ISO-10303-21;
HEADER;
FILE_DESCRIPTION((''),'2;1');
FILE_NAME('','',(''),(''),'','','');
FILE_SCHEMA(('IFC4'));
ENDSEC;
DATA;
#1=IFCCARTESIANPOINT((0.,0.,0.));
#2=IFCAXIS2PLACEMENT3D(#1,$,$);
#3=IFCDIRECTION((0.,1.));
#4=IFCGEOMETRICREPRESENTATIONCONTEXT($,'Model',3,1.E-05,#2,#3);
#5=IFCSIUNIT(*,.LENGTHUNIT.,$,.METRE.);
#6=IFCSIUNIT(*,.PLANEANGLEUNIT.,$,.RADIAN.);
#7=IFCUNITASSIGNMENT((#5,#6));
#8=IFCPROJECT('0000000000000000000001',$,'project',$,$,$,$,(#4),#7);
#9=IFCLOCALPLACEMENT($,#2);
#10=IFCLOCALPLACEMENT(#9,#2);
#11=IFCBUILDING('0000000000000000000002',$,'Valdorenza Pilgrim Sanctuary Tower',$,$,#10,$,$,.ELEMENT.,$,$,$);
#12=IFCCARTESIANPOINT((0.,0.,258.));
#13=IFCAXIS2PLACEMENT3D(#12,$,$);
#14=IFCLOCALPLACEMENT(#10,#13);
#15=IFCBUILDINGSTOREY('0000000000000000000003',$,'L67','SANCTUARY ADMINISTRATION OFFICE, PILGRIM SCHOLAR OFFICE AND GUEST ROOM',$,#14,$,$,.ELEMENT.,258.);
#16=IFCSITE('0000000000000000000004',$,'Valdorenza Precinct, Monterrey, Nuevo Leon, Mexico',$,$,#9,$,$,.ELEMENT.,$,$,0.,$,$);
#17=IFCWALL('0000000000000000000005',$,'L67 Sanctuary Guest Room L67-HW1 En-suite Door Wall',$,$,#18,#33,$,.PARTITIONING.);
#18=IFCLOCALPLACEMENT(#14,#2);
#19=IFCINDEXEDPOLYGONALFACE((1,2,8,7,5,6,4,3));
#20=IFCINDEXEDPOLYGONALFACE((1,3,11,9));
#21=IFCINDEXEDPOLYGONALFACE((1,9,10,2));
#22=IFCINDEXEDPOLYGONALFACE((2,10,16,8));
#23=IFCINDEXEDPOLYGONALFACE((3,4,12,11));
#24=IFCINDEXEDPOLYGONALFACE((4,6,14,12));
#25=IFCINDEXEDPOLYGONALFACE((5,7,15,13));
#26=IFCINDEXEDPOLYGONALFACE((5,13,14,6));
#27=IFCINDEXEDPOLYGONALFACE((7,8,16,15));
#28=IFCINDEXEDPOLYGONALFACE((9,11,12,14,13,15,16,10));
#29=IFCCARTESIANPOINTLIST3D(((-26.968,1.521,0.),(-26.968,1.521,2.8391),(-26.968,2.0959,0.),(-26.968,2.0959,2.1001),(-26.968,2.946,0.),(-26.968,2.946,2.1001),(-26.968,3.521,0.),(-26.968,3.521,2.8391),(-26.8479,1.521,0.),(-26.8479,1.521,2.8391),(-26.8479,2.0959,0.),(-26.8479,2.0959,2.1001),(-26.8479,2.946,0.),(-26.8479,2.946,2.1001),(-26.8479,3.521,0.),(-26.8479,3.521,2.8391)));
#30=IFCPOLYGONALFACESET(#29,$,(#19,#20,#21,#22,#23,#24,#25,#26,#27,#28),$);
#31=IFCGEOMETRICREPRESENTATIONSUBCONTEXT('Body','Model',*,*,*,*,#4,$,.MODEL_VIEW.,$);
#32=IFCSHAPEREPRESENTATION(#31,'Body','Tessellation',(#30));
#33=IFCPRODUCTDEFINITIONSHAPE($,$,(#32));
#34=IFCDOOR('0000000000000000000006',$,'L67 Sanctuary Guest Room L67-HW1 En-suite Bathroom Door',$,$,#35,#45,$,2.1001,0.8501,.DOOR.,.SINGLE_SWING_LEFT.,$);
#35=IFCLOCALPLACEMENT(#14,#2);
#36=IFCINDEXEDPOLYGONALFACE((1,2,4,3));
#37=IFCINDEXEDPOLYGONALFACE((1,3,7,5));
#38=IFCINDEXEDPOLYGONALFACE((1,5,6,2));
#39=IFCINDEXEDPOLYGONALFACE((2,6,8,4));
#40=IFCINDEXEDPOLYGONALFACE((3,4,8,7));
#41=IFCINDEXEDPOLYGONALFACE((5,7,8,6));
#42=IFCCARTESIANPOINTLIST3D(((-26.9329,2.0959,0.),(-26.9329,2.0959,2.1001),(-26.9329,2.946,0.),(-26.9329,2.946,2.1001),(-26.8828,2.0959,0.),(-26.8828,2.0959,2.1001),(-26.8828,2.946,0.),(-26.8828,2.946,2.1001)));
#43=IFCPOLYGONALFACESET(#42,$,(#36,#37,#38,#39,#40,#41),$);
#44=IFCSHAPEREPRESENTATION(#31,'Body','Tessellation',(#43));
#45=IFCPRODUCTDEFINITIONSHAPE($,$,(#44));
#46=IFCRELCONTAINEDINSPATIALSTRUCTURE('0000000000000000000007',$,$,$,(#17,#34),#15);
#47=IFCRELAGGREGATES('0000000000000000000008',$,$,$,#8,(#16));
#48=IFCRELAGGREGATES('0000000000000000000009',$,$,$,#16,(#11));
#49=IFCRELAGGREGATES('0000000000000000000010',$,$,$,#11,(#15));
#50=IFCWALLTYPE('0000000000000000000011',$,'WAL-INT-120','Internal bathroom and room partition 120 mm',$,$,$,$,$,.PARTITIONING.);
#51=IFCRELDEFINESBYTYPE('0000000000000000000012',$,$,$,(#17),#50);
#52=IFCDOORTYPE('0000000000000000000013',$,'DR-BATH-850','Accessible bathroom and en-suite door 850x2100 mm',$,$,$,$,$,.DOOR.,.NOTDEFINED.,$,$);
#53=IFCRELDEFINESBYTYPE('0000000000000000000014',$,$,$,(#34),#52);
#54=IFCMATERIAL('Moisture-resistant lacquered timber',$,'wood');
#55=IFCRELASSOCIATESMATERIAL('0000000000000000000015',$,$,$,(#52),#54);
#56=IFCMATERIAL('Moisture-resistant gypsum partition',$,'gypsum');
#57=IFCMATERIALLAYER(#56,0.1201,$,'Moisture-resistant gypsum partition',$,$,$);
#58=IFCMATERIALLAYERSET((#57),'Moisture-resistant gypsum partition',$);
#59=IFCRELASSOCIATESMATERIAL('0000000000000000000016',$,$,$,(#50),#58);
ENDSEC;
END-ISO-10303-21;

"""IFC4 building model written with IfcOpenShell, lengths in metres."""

from ifc_helpers import new_model, si_unit, direction, frame, frame_2d, origin, place, context, subcontext, project, spatial, rectangle, extrude, material, layer, layer_set, type_object, element, fill, save


model = new_model("IFC4")

# Units and contexts
model_context = context("Model", 3, precision=1e-05, world=origin(), true_north=direction((0.0, 1.0)))
body_context = subcontext(model_context, "Body", "Model", "MODEL_VIEW")
ifc_project = project(units=[si_unit("LENGTHUNIT", "METRE"), si_unit("PLANEANGLEUNIT", "RADIAN")], contexts=[model_context])

# Site, building, storey
site_placement = place(None, origin())
site = spatial("IfcSite", under=ifc_project, at=site_placement, Name="Valdorenza Precinct, Monterrey, Nuevo Leon, Mexico", CompositionType="ELEMENT", RefElevation=0.0)
building_placement = place(site_placement, origin())
building = spatial("IfcBuilding", under=site, at=building_placement, Name="Valdorenza Pilgrim Sanctuary Tower", CompositionType="ELEMENT")
storey_placement = place(building_placement, frame((0.0, 0.0, 258.0)))
storey = spatial("IfcBuildingStorey", under=building, at=storey_placement, Name="L67", Description="SANCTUARY ADMINISTRATION OFFICE, PILGRIM SCHOLAR OFFICE AND GUEST ROOM", CompositionType="ELEMENT", Elevation=258.0)

# Shared definitions
ifc_material_1 = material(Name="Moisture-resistant lacquered timber", Category="wood")
door_type = type_object("IfcDoorType", Name="DR-BATH-850", Description="Accessible bathroom and en-suite door 850x2100 mm", OperationType="NOTDEFINED", PredefinedType="DOOR", material=ifc_material_1)

# Shared definitions
ifc_material_2 = material(Name="Moisture-resistant gypsum partition", Category="gypsum")
ifc_layer_1 = layer(ifc_material_2, 0.1201, Name="Moisture-resistant gypsum partition")
ifc_layer_set_1 = layer_set([ifc_layer_1], Name="Moisture-resistant gypsum partition")
wall_type_1 = type_object("IfcWallType", Name="WAL-INT-120", Description="Internal bathroom and room partition 120 mm", PredefinedType="PARTITIONING", material=ifc_layer_set_1)

# Wall, opening, door
wall_1_placement = place(storey_placement, frame((-26.908, 1.521, 0.0), z_axis=(0.0, 0.0, 1.0), x_axis=(0.0, 1.0, 0.0)))
wall_1 = element("IfcWall", 1, at=wall_1_placement, inside=storey, type_object=wall_type_1, Name="L67 Sanctuary Guest Room L67-HW1 En-suite Door Wall", PredefinedType="PARTITIONING", context=body_context, shape_type="SweptSolid", body=[
    extrude(rectangle(XDim=2.0, YDim=0.1201, at=frame_2d((1.0, 0.0))), origin(), (0.0, 0.0, 1.0), 2.8391),
])
opening_1_placement = place(wall_1_placement, frame((0.575, 0.0, 0.0)))
opening_1 = element("IfcOpeningElement", 2, at=opening_1_placement, cuts=wall_1, PredefinedType="OPENING", context=body_context, shape_type="SweptSolid", body=[
    extrude(rectangle(XDim=0.8501, YDim=2.1001, at=frame_2d((0.425, 1.05))), frame((0.0, 0.075, 0.0), z_axis=(0.0, -1.0, 0.0), x_axis=(1.0, 0.0, 0.0)), (0.0, 0.0, 1.0), 0.1499),
])
door_1_placement = place(opening_1_placement, origin())
door_1 = element("IfcDoor", 3, at=door_1_placement, inside=storey, type_object=door_type, Name="L67 Sanctuary Guest Room L67-HW1 En-suite Bathroom Door", OperationType="SINGLE_SWING_LEFT", OverallHeight=2.1001, OverallWidth=0.8501, PredefinedType="DOOR", context=body_context, shape_type="SweptSolid", body=[
    extrude(rectangle(XDim=0.8501, YDim=2.1001, at=frame_2d((0.425, 1.05))), frame((0.0, 0.0249, 0.0), z_axis=(0.0, -1.0, 0.0), x_axis=(1.0, 0.0, 0.0)), (0.0, 0.0, 1.0), 0.05),
])
fill(opening_1, door_1)

save(model, "model.ifc")
